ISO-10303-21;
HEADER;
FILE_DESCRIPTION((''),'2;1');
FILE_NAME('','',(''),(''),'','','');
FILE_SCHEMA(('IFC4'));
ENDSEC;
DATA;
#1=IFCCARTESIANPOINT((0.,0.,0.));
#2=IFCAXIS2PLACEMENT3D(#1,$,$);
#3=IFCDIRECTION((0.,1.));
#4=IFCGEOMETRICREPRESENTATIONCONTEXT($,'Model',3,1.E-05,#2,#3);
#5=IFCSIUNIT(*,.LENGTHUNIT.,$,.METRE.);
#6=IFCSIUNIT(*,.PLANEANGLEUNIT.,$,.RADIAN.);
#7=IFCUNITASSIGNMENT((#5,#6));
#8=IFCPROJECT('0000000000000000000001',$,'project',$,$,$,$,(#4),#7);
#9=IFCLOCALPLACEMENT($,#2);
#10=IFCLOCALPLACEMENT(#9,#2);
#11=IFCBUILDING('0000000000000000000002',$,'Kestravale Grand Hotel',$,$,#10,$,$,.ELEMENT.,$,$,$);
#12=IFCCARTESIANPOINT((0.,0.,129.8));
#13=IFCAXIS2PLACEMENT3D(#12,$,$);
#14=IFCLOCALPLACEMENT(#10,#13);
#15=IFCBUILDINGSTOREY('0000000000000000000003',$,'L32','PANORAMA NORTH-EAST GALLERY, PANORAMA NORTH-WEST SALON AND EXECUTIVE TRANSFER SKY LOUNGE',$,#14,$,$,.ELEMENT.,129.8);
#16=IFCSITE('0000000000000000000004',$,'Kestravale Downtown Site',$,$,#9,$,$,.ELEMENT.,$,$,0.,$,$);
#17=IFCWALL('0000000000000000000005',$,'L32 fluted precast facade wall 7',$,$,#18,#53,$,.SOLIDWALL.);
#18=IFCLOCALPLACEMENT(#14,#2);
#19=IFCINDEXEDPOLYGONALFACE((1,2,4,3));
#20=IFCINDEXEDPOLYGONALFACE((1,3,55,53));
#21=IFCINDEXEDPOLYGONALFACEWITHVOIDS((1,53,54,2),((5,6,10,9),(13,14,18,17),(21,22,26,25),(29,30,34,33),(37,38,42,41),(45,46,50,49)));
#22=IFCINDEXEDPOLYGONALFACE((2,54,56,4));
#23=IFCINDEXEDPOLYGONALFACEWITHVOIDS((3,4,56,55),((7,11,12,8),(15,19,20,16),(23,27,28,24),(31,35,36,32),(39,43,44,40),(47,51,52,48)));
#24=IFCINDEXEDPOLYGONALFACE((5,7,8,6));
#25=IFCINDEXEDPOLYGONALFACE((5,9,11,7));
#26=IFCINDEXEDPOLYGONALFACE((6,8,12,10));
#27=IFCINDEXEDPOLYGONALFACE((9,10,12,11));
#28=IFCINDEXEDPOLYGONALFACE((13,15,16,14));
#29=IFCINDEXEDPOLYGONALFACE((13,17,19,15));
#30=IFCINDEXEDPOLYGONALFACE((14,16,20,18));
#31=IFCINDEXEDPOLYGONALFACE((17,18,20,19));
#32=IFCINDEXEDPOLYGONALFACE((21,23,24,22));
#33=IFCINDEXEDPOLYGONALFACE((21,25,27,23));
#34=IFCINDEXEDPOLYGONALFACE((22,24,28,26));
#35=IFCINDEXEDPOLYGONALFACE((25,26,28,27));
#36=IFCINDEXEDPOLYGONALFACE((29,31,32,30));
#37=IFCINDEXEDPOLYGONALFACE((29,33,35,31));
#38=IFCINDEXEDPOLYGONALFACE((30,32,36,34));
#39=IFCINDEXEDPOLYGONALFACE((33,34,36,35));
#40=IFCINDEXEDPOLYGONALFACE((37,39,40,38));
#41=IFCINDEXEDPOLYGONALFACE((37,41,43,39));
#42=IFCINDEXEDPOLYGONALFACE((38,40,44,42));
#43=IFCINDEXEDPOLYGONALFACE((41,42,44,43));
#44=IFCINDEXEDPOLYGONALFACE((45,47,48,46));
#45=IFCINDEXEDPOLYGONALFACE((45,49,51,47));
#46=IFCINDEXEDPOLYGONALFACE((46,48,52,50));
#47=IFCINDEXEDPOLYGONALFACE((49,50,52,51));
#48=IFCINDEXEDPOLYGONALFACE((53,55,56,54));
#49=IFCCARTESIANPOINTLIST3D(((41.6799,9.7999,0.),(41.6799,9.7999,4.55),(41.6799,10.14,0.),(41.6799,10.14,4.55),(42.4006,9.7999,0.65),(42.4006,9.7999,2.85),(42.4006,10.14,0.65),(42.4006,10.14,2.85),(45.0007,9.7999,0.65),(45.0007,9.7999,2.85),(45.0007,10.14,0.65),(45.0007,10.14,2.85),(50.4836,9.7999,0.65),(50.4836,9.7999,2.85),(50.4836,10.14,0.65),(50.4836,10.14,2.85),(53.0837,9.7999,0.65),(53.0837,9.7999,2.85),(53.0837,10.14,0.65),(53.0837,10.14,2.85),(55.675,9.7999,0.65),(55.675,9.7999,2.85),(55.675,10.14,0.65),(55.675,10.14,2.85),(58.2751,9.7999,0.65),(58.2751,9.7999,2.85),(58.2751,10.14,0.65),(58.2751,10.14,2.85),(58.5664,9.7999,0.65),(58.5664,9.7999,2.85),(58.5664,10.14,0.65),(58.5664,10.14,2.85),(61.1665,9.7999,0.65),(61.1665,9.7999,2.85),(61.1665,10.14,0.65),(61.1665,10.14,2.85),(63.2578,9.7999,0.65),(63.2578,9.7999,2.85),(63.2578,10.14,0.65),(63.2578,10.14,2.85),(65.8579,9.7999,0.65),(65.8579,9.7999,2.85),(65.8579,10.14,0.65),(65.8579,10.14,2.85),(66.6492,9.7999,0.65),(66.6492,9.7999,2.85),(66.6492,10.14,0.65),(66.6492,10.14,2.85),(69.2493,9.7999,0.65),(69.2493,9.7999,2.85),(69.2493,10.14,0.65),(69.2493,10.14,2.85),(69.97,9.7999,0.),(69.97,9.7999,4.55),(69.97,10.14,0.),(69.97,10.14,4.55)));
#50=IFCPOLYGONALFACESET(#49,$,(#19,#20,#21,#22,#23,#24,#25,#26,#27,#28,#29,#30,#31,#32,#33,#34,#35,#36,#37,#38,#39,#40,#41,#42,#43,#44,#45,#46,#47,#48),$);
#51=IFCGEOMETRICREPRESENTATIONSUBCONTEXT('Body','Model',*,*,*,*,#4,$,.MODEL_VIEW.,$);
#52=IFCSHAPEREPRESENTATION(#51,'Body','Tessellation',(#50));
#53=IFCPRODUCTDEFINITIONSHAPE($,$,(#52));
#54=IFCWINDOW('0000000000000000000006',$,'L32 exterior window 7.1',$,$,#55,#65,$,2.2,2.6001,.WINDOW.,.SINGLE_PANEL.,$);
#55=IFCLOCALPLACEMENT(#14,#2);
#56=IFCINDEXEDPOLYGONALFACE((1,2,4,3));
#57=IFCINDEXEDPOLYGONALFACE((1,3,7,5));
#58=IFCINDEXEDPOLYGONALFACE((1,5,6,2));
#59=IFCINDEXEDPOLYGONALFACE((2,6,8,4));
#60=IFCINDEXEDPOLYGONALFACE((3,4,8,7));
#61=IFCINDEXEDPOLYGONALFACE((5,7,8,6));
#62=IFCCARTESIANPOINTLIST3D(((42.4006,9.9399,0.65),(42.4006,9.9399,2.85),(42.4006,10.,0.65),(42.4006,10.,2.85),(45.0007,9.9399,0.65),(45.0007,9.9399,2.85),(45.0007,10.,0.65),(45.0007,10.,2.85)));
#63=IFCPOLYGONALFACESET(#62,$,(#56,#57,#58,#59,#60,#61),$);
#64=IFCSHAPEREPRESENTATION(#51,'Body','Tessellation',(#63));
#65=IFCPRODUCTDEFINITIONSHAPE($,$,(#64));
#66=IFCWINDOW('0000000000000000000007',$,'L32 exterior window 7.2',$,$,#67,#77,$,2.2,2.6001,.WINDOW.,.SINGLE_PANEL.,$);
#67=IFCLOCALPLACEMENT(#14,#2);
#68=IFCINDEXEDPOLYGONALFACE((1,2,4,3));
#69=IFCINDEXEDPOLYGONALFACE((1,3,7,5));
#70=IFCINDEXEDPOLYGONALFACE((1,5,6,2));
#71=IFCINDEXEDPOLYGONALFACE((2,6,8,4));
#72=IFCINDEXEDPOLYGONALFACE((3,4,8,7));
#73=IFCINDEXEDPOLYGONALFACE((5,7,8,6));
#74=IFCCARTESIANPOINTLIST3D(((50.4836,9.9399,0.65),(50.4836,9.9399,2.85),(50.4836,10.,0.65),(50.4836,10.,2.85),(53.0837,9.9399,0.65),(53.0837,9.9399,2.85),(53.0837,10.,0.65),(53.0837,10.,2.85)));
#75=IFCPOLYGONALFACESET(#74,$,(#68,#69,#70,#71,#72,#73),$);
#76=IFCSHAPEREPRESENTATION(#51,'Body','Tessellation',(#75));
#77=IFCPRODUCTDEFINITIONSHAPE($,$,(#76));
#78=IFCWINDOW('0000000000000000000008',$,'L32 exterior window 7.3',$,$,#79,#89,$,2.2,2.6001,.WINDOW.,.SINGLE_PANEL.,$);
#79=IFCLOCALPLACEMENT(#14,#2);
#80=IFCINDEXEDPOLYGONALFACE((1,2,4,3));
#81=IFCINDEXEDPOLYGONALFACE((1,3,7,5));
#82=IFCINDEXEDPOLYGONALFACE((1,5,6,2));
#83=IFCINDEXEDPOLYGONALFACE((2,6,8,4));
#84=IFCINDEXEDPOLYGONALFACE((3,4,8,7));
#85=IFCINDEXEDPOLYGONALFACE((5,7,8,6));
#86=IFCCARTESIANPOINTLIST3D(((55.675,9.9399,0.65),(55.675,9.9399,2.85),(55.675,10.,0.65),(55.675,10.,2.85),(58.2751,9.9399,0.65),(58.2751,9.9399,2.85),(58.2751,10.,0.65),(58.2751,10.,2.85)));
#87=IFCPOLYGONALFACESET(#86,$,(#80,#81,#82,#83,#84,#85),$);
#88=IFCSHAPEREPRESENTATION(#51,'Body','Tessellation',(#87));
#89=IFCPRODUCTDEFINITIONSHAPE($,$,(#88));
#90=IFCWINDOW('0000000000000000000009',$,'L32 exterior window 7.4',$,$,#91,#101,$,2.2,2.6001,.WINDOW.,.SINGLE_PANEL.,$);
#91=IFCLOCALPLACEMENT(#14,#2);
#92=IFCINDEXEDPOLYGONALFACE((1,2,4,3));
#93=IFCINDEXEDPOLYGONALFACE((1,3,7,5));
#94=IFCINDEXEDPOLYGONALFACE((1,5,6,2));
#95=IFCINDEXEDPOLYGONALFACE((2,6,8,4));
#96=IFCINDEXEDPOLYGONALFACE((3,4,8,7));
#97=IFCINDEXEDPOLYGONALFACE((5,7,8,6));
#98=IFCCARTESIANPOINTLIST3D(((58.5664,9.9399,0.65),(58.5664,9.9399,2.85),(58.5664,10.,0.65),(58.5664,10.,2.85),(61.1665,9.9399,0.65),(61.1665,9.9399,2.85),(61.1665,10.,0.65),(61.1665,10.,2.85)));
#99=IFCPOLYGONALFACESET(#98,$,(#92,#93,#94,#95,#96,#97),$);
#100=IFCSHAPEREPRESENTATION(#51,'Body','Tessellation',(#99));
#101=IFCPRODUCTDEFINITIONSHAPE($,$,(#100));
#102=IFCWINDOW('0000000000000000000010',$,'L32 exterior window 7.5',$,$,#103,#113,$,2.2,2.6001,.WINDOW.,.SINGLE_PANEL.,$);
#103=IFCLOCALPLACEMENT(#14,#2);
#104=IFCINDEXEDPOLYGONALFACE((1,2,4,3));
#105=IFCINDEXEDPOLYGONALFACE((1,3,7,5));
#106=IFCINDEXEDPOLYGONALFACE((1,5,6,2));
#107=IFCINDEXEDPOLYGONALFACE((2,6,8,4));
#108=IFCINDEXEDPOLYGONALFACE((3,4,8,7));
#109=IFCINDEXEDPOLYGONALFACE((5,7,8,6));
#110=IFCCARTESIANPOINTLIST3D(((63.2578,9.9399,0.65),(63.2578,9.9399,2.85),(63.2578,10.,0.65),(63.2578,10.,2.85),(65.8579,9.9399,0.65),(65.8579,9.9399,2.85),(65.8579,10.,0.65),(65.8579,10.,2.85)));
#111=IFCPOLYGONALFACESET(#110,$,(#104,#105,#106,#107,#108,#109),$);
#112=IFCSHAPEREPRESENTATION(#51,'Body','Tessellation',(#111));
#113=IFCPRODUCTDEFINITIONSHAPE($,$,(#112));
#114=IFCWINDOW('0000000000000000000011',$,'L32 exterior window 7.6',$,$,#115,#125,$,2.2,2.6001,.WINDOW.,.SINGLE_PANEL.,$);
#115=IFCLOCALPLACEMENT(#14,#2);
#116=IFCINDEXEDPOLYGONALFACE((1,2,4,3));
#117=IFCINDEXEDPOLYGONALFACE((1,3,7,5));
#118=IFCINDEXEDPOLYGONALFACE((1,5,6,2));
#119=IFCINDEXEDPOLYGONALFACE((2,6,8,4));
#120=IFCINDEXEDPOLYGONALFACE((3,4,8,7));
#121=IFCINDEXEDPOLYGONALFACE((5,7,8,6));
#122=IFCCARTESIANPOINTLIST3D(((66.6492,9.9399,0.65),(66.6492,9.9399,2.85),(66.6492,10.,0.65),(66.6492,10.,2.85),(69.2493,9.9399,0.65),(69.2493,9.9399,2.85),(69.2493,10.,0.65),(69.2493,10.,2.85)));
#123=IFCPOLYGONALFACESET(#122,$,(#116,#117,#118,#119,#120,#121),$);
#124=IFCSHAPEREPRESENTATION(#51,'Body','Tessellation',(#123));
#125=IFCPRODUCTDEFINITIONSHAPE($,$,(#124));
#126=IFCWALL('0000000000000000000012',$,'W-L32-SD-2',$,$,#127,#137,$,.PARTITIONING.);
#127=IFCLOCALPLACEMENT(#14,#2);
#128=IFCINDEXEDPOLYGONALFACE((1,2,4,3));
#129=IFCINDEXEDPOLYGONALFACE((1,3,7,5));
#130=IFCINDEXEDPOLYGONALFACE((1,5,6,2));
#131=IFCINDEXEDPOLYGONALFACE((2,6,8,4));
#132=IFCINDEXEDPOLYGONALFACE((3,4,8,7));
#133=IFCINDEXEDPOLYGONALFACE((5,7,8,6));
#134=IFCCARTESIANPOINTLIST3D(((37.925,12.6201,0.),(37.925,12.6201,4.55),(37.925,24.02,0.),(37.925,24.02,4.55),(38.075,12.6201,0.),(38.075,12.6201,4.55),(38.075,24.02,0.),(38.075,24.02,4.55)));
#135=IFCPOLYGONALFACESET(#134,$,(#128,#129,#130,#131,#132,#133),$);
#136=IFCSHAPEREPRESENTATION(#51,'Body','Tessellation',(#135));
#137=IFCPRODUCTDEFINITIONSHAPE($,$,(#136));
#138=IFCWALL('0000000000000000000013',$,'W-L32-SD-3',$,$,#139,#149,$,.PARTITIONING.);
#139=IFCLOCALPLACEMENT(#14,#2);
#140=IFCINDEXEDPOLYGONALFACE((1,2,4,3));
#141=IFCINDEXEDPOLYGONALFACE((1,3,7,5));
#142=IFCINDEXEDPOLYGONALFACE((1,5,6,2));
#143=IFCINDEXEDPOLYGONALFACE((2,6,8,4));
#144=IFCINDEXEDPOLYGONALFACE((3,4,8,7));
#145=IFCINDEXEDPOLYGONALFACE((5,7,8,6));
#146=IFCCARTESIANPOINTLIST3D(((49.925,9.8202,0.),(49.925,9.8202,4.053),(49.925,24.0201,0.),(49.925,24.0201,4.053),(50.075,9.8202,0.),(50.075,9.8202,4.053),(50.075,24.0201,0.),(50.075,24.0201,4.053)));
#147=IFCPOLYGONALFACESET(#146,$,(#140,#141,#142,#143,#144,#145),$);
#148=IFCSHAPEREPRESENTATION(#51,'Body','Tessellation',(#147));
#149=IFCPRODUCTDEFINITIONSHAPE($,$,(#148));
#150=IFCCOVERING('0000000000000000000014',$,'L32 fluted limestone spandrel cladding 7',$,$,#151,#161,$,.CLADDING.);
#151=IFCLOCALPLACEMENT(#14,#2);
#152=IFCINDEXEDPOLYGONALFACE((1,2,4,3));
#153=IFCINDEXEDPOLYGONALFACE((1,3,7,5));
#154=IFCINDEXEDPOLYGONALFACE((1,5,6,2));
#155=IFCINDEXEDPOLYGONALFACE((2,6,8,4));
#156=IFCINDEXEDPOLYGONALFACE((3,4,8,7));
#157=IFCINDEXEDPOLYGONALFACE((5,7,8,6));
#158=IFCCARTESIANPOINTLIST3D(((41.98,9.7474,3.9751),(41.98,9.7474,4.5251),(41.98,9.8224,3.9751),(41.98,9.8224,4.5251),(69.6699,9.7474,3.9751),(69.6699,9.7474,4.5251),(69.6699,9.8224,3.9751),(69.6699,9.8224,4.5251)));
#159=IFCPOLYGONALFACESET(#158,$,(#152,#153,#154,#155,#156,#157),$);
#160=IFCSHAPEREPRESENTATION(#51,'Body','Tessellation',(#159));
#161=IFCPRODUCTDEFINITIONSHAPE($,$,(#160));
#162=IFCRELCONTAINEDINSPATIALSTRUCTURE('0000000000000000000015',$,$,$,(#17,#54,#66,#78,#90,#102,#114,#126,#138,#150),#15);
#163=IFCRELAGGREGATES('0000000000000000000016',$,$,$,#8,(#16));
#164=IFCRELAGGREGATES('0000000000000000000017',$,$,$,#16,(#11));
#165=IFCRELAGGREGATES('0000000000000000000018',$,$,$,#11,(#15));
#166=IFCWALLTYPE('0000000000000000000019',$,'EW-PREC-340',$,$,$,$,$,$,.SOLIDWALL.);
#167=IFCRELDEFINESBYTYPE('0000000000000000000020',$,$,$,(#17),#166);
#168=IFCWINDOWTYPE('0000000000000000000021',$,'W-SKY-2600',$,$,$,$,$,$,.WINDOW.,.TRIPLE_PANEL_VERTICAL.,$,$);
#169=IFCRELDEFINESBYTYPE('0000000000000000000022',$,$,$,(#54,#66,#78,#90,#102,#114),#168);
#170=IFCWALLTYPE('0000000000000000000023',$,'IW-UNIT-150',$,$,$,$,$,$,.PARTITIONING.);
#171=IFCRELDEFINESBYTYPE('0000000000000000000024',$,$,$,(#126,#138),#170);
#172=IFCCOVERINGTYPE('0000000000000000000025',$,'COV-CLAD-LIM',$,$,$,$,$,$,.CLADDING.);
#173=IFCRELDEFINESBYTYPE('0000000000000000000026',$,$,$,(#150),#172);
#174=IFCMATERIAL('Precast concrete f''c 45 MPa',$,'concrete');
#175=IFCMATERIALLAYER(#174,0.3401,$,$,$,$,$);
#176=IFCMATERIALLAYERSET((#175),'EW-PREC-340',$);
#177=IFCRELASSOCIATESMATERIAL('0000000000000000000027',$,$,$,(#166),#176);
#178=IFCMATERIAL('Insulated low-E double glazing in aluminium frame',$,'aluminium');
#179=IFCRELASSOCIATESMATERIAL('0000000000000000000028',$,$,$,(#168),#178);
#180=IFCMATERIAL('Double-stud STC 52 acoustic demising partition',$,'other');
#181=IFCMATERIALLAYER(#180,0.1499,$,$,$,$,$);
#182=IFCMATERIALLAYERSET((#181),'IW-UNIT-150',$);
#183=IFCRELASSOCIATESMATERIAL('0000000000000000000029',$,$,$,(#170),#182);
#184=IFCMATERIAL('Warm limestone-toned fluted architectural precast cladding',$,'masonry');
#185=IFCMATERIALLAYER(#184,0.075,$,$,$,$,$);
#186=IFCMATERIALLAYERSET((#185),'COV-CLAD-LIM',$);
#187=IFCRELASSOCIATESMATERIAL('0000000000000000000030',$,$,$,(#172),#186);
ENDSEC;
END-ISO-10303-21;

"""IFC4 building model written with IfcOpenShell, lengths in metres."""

from ifc_helpers import new_model, si_unit, direction, frame, frame_2d, origin, origin_2d, place, context, subcontext, project, spatial, rectangle, extrude, material, layer, layer_set, type_object, element, fill, save


model = new_model("IFC4")

# Units and contexts
model_context = context("Model", 3, precision=1e-05, world=origin(), true_north=direction((0.0, 1.0)))
body_context = subcontext(model_context, "Body", "Model", "MODEL_VIEW")
ifc_project = project(units=[si_unit("LENGTHUNIT", "METRE"), si_unit("PLANEANGLEUNIT", "RADIAN")], contexts=[model_context])

# Site, building, storey
site_placement = place(None, origin())
site = spatial("IfcSite", under=ifc_project, at=site_placement, Name="Kestravale Downtown Site", CompositionType="ELEMENT", RefElevation=0.0)
building_placement = place(site_placement, origin())
building = spatial("IfcBuilding", under=site, at=building_placement, Name="Kestravale Grand Hotel", CompositionType="ELEMENT")
storey_placement = place(building_placement, frame((0.0, 0.0, 129.8)))
storey = spatial("IfcBuildingStorey", under=building, at=storey_placement, Name="L32", Description="PANORAMA NORTH-EAST GALLERY, PANORAMA NORTH-WEST SALON AND EXECUTIVE TRANSFER SKY LOUNGE", CompositionType="ELEMENT", Elevation=129.8)

# Shared definitions
ifc_material_1 = material(Name="Precast concrete f'c 45 MPa", Category="concrete")
ifc_layer_1 = layer(ifc_material_1, 0.3401)
ifc_layer_set_1 = layer_set([ifc_layer_1], Name="EW-PREC-340")
wall_type_1 = type_object("IfcWallType", Name="EW-PREC-340", PredefinedType="SOLIDWALL", material=ifc_layer_set_1)

# Wall, openings, windows
wall_1_placement = place(storey_placement, frame((41.6799, 9.97, 0.0), z_axis=(0.0, 0.0, 1.0), x_axis=(1.0, 0.0, 0.0)))
wall_1 = element("IfcWall", 1, at=wall_1_placement, inside=storey, type_object=wall_type_1, Name="L32 fluted precast facade wall 7", PredefinedType="SOLIDWALL", context=body_context, shape_type="SweptSolid", body=[
    extrude(rectangle(XDim=28.29, YDim=0.3401, at=frame_2d((14.145, 0.0))), origin(), (0.0, 0.0, 1.0), 4.55),
])
opening_1_placement = place(wall_1_placement, frame((0.7207, 0.0, 0.6499)))
opening_1 = element("IfcOpeningElement", 2, at=opening_1_placement, cuts=wall_1, PredefinedType="OPENING", context=body_context, shape_type="SweptSolid", body=[
    extrude(rectangle(XDim=2.6001, YDim=2.2, at=frame_2d((1.3, 1.1001))), frame((0.0, 0.1799, 0.0), z_axis=(0.0, -1.0, 0.0), x_axis=(1.0, 0.0, 0.0)), (0.0, 0.0, 1.0), 0.3601),
])
opening_2_placement = place(wall_1_placement, frame((8.8037, 0.0, 0.6499)))
opening_2 = element("IfcOpeningElement", 3, at=opening_2_placement, cuts=wall_1, PredefinedType="OPENING", context=body_context, shape_type="SweptSolid", body=[
    extrude(rectangle(XDim=2.6001, YDim=2.2, at=frame_2d((1.3, 1.1001))), frame((0.0, 0.1799, 0.0), z_axis=(0.0, -1.0, 0.0), x_axis=(1.0, 0.0, 0.0)), (0.0, 0.0, 1.0), 0.3601),
])
opening_3_placement = place(wall_1_placement, frame((13.9951, 0.0, 0.6499)))
opening_3 = element("IfcOpeningElement", 4, at=opening_3_placement, cuts=wall_1, PredefinedType="OPENING", context=body_context, shape_type="SweptSolid", body=[
    extrude(rectangle(XDim=2.6001, YDim=2.2, at=frame_2d((1.3, 1.1001))), frame((0.0, 0.1799, 0.0), z_axis=(0.0, -1.0, 0.0), x_axis=(1.0, 0.0, 0.0)), (0.0, 0.0, 1.0), 0.3601),
])
opening_4_placement = place(wall_1_placement, frame((16.8865, 0.0, 0.6499)))
opening_4 = element("IfcOpeningElement", 5, at=opening_4_placement, cuts=wall_1, PredefinedType="OPENING", context=body_context, shape_type="SweptSolid", body=[
    extrude(rectangle(XDim=2.6001, YDim=2.2, at=frame_2d((1.3, 1.1001))), frame((0.0, 0.1799, 0.0), z_axis=(0.0, -1.0, 0.0), x_axis=(1.0, 0.0, 0.0)), (0.0, 0.0, 1.0), 0.3601),
])
opening_5_placement = place(wall_1_placement, frame((21.5779, 0.0, 0.6499)))
opening_5 = element("IfcOpeningElement", 6, at=opening_5_placement, cuts=wall_1, PredefinedType="OPENING", context=body_context, shape_type="SweptSolid", body=[
    extrude(rectangle(XDim=2.6001, YDim=2.2, at=frame_2d((1.3, 1.1001))), frame((0.0, 0.1799, 0.0), z_axis=(0.0, -1.0, 0.0), x_axis=(1.0, 0.0, 0.0)), (0.0, 0.0, 1.0), 0.3601),
])
opening_6_placement = place(wall_1_placement, frame((24.9692, 0.0, 0.6499)))
opening_6 = element("IfcOpeningElement", 7, at=opening_6_placement, cuts=wall_1, PredefinedType="OPENING", context=body_context, shape_type="SweptSolid", body=[
    extrude(rectangle(XDim=2.6001, YDim=2.2, at=frame_2d((1.3, 1.1001))), frame((0.0, 0.1799, 0.0), z_axis=(0.0, -1.0, 0.0), x_axis=(1.0, 0.0, 0.0)), (0.0, 0.0, 1.0), 0.3601),
])
ifc_material_2 = material(Name="Insulated low-E double glazing in aluminium frame", Category="aluminium")
window_type = type_object("IfcWindowType", Name="W-SKY-2600", PartitioningType="TRIPLE_PANEL_VERTICAL", PredefinedType="WINDOW", material=ifc_material_2)
window_1_placement = place(opening_1_placement, origin())
window_1 = element("IfcWindow", 8, at=window_1_placement, inside=storey, type_object=window_type, Name="L32 exterior window 7.1", OverallHeight=2.2, OverallWidth=2.6001, PartitioningType="SINGLE_PANEL", PredefinedType="WINDOW", context=body_context, shape_type="SweptSolid", body=[
    extrude(rectangle(XDim=2.6001, YDim=2.2, at=frame_2d((1.3, 1.1001))), frame((0.0, 0.03, 0.0), z_axis=(0.0, -1.0, 0.0), x_axis=(1.0, 0.0, 0.0)), (0.0, 0.0, 1.0), 0.0601),
])
fill(opening_1, window_1)
window_2_placement = place(opening_2_placement, origin())
window_2 = element("IfcWindow", 9, at=window_2_placement, inside=storey, type_object=window_type, Name="L32 exterior window 7.2", OverallHeight=2.2, OverallWidth=2.6001, PartitioningType="SINGLE_PANEL", PredefinedType="WINDOW", context=body_context, shape_type="SweptSolid", body=[
    extrude(rectangle(XDim=2.6001, YDim=2.2, at=frame_2d((1.3, 1.1001))), frame((0.0, 0.03, 0.0), z_axis=(0.0, -1.0, 0.0), x_axis=(1.0, 0.0, 0.0)), (0.0, 0.0, 1.0), 0.0601),
])
fill(opening_2, window_2)
window_3_placement = place(opening_3_placement, origin())
window_3 = element("IfcWindow", 10, at=window_3_placement, inside=storey, type_object=window_type, Name="L32 exterior window 7.3", OverallHeight=2.2, OverallWidth=2.6001, PartitioningType="SINGLE_PANEL", PredefinedType="WINDOW", context=body_context, shape_type="SweptSolid", body=[
    extrude(rectangle(XDim=2.6001, YDim=2.2, at=frame_2d((1.3, 1.1001))), frame((0.0, 0.03, 0.0), z_axis=(0.0, -1.0, 0.0), x_axis=(1.0, 0.0, 0.0)), (0.0, 0.0, 1.0), 0.0601),
])
fill(opening_3, window_3)
window_4_placement = place(opening_4_placement, origin())
window_4 = element("IfcWindow", 11, at=window_4_placement, inside=storey, type_object=window_type, Name="L32 exterior window 7.4", OverallHeight=2.2, OverallWidth=2.6001, PartitioningType="SINGLE_PANEL", PredefinedType="WINDOW", context=body_context, shape_type="SweptSolid", body=[
    extrude(rectangle(XDim=2.6001, YDim=2.2, at=frame_2d((1.3, 1.1001))), frame((0.0, 0.03, 0.0), z_axis=(0.0, -1.0, 0.0), x_axis=(1.0, 0.0, 0.0)), (0.0, 0.0, 1.0), 0.0601),
])
fill(opening_4, window_4)
window_5_placement = place(opening_5_placement, origin())
window_5 = element("IfcWindow", 12, at=window_5_placement, inside=storey, type_object=window_type, Name="L32 exterior window 7.5", OverallHeight=2.2, OverallWidth=2.6001, PartitioningType="SINGLE_PANEL", PredefinedType="WINDOW", context=body_context, shape_type="SweptSolid", body=[
    extrude(rectangle(XDim=2.6001, YDim=2.2, at=frame_2d((1.3, 1.1001))), frame((0.0, 0.03, 0.0), z_axis=(0.0, -1.0, 0.0), x_axis=(1.0, 0.0, 0.0)), (0.0, 0.0, 1.0), 0.0601),
])
fill(opening_5, window_5)
window_6_placement = place(opening_6_placement, origin())
window_6 = element("IfcWindow", 13, at=window_6_placement, inside=storey, type_object=window_type, Name="L32 exterior window 7.6", OverallHeight=2.2, OverallWidth=2.6001, PartitioningType="SINGLE_PANEL", PredefinedType="WINDOW", context=body_context, shape_type="SweptSolid", body=[
    extrude(rectangle(XDim=2.6001, YDim=2.2, at=frame_2d((1.3, 1.1001))), frame((0.0, 0.03, 0.0), z_axis=(0.0, -1.0, 0.0), x_axis=(1.0, 0.0, 0.0)), (0.0, 0.0, 1.0), 0.0601),
])
fill(opening_6, window_6)

# Walls
ifc_material_3 = material(Name="Double-stud STC 52 acoustic demising partition", Category="other")
ifc_layer_2 = layer(ifc_material_3, 0.1499)
ifc_layer_set_2 = layer_set([ifc_layer_2], Name="IW-UNIT-150")
wall_type_2 = type_object("IfcWallType", Name="IW-UNIT-150", PredefinedType="PARTITIONING", material=ifc_layer_set_2)
wall_2_placement = place(storey_placement, frame((38.0, 12.6201, 0.0), z_axis=(0.0, 0.0, 1.0), x_axis=(0.0, 1.0, 0.0)))
element("IfcWall", 14, at=wall_2_placement, inside=storey, type_object=wall_type_2, Name="W-L32-SD-2", PredefinedType="PARTITIONING", context=body_context, shape_type="SweptSolid", body=[
    extrude(rectangle(XDim=11.3999, YDim=0.1499, at=frame_2d((5.7, 0.0))), origin(), (0.0, 0.0, 1.0), 4.55),
])
wall_3_placement = place(storey_placement, frame((50.0, 9.8201, 0.0), z_axis=(0.0, 0.0, 1.0), x_axis=(0.0, 1.0, 0.0)))
element("IfcWall", 15, at=wall_3_placement, inside=storey, type_object=wall_type_2, Name="W-L32-SD-3", PredefinedType="PARTITIONING", context=body_context, shape_type="SweptSolid", body=[
    extrude(rectangle(XDim=14.2, YDim=0.1499, at=frame_2d((7.1001, 0.0))), origin(), (0.0, 0.0, 1.0), 4.053),
])

# Covering
ifc_material_4 = material(Name="Warm limestone-toned fluted architectural precast cladding", Category="masonry")
ifc_layer_3 = layer(ifc_material_4, 0.075)
ifc_layer_set_3 = layer_set([ifc_layer_3], Name="COV-CLAD-LIM")
covering_type = type_object("IfcCoveringType", Name="COV-CLAD-LIM", PredefinedType="CLADDING", material=ifc_layer_set_3)
covering_placement = place(storey_placement, frame((55.825, 9.7849, 3.9751), z_axis=(0.0, 0.0, 1.0), x_axis=(1.0, 0.0, 0.0)))
element("IfcCovering", 16, at=covering_placement, inside=storey, type_object=covering_type, Name="L32 fluted limestone spandrel cladding 7", PredefinedType="CLADDING", context=body_context, shape_type="SweptSolid", body=[
    extrude(rectangle(XDim=27.6899, YDim=0.075, at=origin_2d()), origin(), (0.0, 0.0, 1.0), 0.55),
])

save(model, "model.ifc")
